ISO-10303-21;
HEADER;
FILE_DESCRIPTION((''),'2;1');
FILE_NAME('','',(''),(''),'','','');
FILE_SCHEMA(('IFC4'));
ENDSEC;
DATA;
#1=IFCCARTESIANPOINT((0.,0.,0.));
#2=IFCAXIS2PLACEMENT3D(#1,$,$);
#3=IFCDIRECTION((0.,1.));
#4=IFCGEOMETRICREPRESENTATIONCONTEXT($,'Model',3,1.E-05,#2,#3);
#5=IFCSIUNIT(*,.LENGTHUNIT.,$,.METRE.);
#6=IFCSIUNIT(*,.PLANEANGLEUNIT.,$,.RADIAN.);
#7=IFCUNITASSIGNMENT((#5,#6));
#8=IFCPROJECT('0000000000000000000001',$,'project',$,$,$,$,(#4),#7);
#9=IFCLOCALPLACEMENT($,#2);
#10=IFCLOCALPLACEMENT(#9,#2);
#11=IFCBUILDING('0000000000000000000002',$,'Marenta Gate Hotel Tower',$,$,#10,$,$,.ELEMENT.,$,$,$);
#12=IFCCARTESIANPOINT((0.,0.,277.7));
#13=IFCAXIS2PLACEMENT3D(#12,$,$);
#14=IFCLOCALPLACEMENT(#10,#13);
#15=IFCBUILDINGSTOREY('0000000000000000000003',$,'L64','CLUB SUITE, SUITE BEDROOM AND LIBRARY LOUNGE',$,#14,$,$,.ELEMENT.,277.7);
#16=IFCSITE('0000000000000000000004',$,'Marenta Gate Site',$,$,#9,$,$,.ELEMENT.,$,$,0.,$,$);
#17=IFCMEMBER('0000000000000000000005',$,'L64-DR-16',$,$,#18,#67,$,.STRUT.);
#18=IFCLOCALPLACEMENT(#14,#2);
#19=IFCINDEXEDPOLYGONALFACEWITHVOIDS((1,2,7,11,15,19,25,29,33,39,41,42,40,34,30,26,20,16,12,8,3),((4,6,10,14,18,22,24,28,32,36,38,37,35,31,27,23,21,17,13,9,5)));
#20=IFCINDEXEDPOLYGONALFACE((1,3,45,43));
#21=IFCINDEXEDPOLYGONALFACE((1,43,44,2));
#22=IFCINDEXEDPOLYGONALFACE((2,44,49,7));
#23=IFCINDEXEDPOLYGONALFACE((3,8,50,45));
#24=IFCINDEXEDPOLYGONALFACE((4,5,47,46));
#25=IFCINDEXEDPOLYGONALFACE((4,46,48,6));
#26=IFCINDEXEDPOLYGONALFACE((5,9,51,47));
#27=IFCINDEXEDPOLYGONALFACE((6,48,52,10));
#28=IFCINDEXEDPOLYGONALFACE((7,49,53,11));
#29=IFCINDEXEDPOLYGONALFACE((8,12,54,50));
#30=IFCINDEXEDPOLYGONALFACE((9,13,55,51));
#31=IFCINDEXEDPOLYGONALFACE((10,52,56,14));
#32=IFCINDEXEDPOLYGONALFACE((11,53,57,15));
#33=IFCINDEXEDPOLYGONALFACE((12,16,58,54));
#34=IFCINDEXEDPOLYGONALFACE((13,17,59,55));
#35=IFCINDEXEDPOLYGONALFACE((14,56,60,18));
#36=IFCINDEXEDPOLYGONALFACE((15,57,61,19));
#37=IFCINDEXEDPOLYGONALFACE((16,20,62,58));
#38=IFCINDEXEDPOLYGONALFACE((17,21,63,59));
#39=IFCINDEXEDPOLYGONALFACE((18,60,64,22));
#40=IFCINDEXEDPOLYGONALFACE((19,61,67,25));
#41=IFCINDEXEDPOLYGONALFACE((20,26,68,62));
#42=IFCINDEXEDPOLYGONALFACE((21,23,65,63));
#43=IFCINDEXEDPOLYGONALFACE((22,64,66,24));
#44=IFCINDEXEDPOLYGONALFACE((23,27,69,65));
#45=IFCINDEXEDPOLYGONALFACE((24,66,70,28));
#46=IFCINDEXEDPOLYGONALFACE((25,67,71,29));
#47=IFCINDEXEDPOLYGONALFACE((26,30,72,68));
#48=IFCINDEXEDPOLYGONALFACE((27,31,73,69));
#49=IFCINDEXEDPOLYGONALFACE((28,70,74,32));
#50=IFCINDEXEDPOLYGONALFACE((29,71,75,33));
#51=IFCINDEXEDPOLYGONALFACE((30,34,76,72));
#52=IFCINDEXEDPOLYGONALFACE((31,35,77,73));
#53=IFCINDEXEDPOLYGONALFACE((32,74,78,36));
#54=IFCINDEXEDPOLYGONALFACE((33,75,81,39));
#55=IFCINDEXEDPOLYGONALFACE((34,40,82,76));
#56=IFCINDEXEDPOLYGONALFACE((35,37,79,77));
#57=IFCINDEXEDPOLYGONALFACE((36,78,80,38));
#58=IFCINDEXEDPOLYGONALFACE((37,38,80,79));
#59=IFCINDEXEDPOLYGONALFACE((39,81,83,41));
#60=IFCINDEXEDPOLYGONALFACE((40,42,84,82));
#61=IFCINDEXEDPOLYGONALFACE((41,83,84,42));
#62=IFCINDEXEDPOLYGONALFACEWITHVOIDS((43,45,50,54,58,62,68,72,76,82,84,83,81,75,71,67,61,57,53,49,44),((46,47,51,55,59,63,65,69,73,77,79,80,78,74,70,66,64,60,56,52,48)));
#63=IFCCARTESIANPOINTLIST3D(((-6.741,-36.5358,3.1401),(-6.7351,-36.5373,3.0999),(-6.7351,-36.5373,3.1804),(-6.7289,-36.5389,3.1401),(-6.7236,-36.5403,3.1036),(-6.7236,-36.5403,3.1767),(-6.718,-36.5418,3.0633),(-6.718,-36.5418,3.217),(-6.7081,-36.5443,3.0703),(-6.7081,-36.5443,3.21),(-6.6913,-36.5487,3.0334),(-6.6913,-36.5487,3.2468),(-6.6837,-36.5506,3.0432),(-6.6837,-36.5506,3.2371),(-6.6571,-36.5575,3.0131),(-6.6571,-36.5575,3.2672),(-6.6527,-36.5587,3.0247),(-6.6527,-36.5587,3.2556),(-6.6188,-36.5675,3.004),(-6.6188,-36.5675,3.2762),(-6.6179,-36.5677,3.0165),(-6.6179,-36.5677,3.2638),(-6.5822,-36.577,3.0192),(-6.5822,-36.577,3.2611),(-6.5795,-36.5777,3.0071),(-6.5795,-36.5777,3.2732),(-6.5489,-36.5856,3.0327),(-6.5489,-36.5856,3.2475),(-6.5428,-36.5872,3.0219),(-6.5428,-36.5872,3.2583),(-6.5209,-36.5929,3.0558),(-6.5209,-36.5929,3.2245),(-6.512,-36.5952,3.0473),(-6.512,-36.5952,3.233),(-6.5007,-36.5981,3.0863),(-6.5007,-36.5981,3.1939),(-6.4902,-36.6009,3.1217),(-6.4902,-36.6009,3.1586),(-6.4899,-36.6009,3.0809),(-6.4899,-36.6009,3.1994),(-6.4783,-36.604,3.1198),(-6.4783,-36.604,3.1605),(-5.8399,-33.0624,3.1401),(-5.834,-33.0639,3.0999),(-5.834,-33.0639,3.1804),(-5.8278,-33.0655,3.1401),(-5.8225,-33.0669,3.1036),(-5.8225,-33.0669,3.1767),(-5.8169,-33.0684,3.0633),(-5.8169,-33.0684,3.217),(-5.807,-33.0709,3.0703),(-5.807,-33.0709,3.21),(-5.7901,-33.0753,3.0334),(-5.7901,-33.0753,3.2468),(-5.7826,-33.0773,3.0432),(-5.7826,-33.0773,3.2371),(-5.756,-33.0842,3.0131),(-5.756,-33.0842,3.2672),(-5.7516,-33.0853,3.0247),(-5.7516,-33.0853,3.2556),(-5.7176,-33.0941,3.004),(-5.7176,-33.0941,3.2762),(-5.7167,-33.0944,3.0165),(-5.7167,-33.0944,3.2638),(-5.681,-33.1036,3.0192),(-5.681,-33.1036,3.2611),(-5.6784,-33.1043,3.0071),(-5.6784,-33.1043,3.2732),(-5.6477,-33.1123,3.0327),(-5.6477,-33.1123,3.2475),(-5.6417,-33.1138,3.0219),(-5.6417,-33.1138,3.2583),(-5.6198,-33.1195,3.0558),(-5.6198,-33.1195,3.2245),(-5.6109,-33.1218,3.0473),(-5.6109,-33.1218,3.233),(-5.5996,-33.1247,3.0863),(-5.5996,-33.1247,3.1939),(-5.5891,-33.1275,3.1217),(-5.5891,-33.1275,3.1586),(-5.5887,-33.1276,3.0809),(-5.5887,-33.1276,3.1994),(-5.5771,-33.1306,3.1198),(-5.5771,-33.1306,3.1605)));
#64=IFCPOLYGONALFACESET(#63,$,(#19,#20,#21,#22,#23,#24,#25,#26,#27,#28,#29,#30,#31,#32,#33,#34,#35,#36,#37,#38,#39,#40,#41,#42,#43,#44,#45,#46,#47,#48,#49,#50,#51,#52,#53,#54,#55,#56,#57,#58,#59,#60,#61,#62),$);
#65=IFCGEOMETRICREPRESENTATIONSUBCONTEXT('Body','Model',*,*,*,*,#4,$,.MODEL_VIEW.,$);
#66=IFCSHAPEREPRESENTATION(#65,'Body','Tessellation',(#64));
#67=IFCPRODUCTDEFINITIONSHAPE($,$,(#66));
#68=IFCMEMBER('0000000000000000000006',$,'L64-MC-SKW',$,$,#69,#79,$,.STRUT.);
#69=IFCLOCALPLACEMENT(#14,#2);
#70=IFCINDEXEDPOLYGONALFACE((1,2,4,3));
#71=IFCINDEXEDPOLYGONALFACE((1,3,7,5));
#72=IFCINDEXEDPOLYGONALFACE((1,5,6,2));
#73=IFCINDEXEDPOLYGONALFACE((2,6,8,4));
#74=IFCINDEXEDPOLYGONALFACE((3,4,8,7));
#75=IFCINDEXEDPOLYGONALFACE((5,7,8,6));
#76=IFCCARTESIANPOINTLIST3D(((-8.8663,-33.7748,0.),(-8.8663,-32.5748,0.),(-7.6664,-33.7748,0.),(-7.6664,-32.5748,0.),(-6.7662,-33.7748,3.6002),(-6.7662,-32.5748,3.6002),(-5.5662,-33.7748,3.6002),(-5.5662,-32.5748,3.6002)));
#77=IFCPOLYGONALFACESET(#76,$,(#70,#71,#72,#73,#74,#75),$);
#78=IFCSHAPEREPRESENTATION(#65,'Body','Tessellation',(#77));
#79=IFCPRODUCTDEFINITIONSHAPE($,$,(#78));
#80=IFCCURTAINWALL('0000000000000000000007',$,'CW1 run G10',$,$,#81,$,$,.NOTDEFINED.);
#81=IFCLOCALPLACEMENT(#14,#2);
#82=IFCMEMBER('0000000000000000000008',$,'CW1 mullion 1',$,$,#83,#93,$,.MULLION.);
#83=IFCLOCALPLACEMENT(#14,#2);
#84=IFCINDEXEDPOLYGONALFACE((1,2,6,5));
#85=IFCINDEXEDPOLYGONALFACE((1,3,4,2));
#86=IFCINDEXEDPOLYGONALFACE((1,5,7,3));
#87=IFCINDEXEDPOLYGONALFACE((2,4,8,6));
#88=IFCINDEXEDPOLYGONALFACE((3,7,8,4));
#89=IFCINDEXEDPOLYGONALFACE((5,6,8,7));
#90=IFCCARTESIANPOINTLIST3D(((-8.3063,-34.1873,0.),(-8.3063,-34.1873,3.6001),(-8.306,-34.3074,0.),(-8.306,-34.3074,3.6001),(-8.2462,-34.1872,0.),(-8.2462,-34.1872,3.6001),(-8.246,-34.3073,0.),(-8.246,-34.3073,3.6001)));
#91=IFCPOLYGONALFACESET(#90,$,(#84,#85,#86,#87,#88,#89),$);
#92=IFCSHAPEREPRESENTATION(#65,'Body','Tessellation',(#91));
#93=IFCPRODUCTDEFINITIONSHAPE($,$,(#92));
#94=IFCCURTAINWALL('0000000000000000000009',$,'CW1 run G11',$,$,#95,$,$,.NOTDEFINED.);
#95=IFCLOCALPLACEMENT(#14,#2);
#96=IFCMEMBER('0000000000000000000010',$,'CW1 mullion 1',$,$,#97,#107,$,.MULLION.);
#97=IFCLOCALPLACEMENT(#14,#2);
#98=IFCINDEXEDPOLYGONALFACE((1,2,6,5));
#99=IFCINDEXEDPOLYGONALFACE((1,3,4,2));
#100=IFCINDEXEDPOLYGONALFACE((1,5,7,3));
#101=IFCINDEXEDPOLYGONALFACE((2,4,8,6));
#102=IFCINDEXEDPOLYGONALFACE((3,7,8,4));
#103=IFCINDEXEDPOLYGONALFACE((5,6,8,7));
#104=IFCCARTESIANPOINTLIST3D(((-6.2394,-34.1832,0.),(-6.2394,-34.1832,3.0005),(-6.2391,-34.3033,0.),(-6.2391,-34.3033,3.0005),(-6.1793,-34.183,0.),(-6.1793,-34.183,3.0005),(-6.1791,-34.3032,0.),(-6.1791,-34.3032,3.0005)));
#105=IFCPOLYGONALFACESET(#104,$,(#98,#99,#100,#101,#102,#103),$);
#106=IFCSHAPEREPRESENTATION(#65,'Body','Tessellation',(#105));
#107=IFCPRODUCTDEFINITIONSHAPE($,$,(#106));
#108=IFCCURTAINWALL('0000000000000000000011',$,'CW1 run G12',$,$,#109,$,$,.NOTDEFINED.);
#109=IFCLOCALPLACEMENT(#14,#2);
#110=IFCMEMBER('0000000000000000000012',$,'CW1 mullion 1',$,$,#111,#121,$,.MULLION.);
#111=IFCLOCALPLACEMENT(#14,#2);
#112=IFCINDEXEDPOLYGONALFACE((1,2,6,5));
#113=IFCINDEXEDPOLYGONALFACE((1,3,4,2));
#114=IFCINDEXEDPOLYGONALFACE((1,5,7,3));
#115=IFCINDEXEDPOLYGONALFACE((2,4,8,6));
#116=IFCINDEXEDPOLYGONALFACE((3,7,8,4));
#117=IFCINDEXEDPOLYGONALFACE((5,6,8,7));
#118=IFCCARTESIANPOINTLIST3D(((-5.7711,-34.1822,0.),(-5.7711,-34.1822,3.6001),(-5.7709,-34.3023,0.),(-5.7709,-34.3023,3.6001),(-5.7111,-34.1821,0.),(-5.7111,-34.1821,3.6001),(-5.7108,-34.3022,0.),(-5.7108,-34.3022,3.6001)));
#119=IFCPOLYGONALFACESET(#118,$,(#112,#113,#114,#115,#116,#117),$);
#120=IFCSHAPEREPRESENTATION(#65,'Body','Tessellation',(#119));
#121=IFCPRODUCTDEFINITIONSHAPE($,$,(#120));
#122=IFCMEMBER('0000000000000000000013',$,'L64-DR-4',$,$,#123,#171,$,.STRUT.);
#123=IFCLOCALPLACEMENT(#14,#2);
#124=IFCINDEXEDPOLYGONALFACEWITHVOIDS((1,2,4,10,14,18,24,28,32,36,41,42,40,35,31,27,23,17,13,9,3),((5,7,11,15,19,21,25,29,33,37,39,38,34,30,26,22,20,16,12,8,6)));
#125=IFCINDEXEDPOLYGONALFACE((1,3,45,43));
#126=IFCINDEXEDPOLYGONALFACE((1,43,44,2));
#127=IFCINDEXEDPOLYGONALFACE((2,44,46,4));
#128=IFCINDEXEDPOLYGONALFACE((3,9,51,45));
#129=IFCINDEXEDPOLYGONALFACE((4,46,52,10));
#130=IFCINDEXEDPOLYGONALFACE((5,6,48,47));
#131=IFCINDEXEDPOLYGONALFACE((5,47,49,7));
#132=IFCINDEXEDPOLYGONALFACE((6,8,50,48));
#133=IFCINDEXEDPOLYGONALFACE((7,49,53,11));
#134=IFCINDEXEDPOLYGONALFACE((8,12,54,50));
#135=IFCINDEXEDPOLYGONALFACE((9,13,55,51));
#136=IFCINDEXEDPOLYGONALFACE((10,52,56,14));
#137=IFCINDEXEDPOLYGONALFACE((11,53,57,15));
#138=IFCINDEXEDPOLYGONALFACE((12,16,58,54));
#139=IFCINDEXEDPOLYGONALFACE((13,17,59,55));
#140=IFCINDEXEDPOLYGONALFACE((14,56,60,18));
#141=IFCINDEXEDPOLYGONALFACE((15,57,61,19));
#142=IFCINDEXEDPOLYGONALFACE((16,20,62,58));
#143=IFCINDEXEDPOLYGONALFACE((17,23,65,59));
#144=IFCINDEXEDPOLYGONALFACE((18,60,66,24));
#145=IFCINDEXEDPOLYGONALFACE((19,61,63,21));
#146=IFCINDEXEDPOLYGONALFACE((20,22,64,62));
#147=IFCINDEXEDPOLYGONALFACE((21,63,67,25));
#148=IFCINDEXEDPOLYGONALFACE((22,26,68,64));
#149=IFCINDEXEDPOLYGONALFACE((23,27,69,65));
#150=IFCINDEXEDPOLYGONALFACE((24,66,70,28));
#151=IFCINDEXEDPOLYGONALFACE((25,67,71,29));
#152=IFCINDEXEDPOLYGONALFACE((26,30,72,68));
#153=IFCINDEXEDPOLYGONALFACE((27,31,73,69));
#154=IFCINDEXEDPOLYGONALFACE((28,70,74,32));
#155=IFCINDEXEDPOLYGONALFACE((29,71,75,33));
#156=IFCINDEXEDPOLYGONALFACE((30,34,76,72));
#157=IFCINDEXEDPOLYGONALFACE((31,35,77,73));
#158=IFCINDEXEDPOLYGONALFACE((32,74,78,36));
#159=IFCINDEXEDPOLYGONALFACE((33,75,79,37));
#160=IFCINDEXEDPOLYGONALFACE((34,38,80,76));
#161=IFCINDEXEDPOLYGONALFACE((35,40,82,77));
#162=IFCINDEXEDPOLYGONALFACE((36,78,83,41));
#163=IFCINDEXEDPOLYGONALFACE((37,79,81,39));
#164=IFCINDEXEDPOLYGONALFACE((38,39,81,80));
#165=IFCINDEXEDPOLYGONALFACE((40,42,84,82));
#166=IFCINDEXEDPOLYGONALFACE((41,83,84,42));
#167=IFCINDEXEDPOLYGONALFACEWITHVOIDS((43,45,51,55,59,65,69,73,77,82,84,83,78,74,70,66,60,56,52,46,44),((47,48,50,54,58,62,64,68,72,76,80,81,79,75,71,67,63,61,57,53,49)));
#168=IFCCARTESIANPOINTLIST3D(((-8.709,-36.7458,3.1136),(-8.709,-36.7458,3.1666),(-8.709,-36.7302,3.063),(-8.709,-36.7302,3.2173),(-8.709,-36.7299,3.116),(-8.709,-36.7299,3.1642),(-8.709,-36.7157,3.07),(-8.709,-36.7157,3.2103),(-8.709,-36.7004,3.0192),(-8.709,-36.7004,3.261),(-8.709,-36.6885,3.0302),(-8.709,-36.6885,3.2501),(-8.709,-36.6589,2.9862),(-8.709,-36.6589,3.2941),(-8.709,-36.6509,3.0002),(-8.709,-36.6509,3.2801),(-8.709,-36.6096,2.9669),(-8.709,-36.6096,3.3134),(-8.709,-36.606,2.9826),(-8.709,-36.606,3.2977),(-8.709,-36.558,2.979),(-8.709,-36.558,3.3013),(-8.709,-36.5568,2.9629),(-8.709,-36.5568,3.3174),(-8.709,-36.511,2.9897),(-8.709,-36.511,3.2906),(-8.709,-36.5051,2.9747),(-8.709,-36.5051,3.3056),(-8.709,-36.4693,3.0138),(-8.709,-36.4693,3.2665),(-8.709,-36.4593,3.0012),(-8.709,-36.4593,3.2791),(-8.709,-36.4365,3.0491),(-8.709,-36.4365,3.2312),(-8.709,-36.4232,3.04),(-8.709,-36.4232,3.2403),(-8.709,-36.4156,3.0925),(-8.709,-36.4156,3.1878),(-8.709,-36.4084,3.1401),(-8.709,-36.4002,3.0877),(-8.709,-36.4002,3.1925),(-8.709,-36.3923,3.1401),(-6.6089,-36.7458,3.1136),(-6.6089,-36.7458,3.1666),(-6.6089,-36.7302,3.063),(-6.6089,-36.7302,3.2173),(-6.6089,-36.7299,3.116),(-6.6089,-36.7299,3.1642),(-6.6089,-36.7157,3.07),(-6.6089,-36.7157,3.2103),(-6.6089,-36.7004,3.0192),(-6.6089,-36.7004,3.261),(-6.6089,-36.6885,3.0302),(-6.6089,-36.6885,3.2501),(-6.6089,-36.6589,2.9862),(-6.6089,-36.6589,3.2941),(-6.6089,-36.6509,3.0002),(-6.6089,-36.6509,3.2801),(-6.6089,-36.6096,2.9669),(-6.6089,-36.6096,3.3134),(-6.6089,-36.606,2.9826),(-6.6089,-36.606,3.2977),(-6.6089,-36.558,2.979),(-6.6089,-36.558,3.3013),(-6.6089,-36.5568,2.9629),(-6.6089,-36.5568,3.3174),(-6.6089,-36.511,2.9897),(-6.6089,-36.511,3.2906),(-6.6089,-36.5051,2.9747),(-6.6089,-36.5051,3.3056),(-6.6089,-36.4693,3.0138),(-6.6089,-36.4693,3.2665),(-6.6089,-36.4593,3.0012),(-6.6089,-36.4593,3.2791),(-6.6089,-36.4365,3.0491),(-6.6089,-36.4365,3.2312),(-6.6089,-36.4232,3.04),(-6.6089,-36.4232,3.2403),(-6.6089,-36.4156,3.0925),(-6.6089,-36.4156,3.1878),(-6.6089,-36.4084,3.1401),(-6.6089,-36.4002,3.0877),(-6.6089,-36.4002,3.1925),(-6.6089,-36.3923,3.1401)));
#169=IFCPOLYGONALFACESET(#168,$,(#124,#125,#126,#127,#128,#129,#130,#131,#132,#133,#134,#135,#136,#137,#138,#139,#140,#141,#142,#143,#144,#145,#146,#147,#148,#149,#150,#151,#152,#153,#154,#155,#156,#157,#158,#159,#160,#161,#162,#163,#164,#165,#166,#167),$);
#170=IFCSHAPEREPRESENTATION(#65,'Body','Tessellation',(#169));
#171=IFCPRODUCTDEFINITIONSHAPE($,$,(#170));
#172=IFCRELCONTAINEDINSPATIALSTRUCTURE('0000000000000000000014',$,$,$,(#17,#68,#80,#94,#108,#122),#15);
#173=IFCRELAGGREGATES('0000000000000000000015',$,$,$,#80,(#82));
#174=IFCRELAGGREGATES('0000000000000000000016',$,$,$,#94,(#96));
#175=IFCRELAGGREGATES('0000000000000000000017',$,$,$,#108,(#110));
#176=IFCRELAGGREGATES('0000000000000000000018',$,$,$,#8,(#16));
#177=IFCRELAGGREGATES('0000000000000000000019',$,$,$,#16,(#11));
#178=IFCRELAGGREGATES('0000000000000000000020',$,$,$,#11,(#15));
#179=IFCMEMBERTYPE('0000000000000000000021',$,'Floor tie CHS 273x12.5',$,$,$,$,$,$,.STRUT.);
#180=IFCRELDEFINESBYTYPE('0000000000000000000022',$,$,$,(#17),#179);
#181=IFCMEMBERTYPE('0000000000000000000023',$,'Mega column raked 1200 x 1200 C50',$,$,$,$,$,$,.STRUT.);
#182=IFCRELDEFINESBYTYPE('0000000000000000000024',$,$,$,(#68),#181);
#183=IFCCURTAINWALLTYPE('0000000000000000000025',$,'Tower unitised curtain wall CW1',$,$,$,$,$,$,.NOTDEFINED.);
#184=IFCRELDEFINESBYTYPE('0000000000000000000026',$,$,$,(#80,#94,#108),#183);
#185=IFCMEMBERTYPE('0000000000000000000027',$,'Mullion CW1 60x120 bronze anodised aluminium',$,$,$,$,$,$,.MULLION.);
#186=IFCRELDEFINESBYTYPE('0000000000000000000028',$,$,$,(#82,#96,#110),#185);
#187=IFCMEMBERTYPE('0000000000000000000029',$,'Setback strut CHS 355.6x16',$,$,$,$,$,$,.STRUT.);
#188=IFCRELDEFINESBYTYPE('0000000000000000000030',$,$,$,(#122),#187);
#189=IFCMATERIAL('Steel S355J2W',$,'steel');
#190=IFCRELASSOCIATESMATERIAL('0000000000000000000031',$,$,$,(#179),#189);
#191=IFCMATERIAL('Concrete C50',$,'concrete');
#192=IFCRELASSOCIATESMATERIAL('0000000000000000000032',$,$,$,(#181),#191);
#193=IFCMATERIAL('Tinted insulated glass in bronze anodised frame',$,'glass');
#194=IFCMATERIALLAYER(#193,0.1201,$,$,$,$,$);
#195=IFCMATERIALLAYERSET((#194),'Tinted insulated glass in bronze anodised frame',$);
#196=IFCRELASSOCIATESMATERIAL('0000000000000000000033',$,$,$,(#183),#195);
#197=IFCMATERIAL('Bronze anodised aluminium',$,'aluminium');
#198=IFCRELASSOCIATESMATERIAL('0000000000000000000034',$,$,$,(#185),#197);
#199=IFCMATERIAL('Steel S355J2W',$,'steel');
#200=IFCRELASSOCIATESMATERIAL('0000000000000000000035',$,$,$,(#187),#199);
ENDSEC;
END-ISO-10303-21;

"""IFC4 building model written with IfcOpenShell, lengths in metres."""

from ifc_helpers import new_model, si_unit, direction, frame, origin, origin_2d, place, context, subcontext, project, spatial, rectangle, hollow_circle, extrude, material, layer, layer_set, material_profile, profile_set, type_object, element, aggregate, save


model = new_model("IFC4")

# Units and contexts
model_context = context("Model", 3, precision=1e-05, world=origin(), true_north=direction((0.0, 1.0)))
body_context = subcontext(model_context, "Body", "Model", "MODEL_VIEW")
ifc_project = project(units=[si_unit("LENGTHUNIT", "METRE"), si_unit("PLANEANGLEUNIT", "RADIAN")], contexts=[model_context])

# Site, building, storey
site_placement = place(None, origin())
site = spatial("IfcSite", under=ifc_project, at=site_placement, Name="Marenta Gate Site", CompositionType="ELEMENT", RefElevation=0.0)
building_placement = place(site_placement, origin())
building = spatial("IfcBuilding", under=site, at=building_placement, Name="Marenta Gate Hotel Tower", CompositionType="ELEMENT")
storey_placement = place(building_placement, frame((0.0, 0.0, 277.7)))
storey = spatial("IfcBuildingStorey", under=building, at=storey_placement, Name="L64", Description="CLUB SUITE, SUITE BEDROOM AND LIBRARY LOUNGE", CompositionType="ELEMENT", Elevation=277.7)

# Members
ifc_material_1 = material(Name="Steel S355J2W", Category="steel")
ifc_material_profile_1 = material_profile(ifc_material_1, hollow_circle(Radius=0.1365, WallThickness=0.0125, at=origin_2d()), Name="CHS 273x12.5")
ifc_profile_set_1 = profile_set([ifc_material_profile_1], Name="Steel S355J2W")
member_type_1 = type_object("IfcMemberType", Name="Floor tie CHS 273x12.5", PredefinedType="STRUT", material=ifc_profile_set_1)
member_1_placement = place(storey_placement, frame((-6.6089, -36.5701, 3.1401), z_axis=(0.251123, 0.967955, 0.0), x_axis=(-0.967955, 0.251123, 0.0)))
element("IfcMember", 1, at=member_1_placement, inside=storey, type_object=member_type_1, Name="L64-DR-16", PredefinedType="STRUT", context=body_context, shape_type="SweptSolid", body=[
    extrude(hollow_circle(Radius=0.1365, WallThickness=0.0125, at=origin_2d()), origin(), (0.0, 0.0, 1.0), 3.5884),
])
ifc_material_2 = material(Name="Concrete C50", Category="concrete")
ifc_material_profile_2 = material_profile(ifc_material_2, rectangle(XDim=1.2, YDim=1.2, at=origin_2d()), Name="1200 x 1200")
ifc_profile_set_2 = profile_set([ifc_material_profile_2], Name="Concrete C50")
member_type_2 = type_object("IfcMemberType", Name="Mega column raked 1200 x 1200 C50", PredefinedType="STRUT", material=ifc_profile_set_2)
member_2_placement = place(storey_placement, frame((-8.2664, -33.1748, 0.0), z_axis=(0.0, 0.0, 1.0), x_axis=(1.0, 0.0, 0.0)))
element("IfcMember", 2, at=member_2_placement, inside=storey, type_object=member_type_2, Name="L64-MC-SKW", PredefinedType="STRUT", context=body_context, shape_type="SweptSolid", body=[
    extrude(rectangle(XDim=1.2, YDim=1.2, at=origin_2d()), origin(), (0.503878, 0.0, 0.863775), 4.168),
])

# Curtain walls, members
ifc_material_3 = material(Name="Tinted insulated glass in bronze anodised frame", Category="glass")
ifc_layer_1 = layer(ifc_material_3, 0.1201)
ifc_layer_set_1 = layer_set([ifc_layer_1], Name="Tinted insulated glass in bronze anodised frame")
curtain_wall_type = type_object("IfcCurtainWallType", Name="Tower unitised curtain wall CW1", PredefinedType="NOTDEFINED", material=ifc_layer_set_1)
curtain_wall_1_placement = place(storey_placement, origin())
curtain_wall_1 = element("IfcCurtainWall", 3, at=curtain_wall_1_placement, inside=storey, type_object=curtain_wall_type, Name="CW1 run G10", PredefinedType="NOTDEFINED")
ifc_material_4 = material(Name="Bronze anodised aluminium", Category="aluminium")
ifc_material_profile_3 = material_profile(ifc_material_4, rectangle(XDim=0.1201, YDim=0.0601, at=origin_2d()), Name="Mullion CW1 60x120 bronze anodised aluminium")
ifc_profile_set_3 = profile_set([ifc_material_profile_3], Name="Bronze anodised aluminium")
member_type_3 = type_object("IfcMemberType", Name="Mullion CW1 60x120 bronze anodised aluminium", PredefinedType="MULLION", material=ifc_profile_set_3)
member_3_placement = place(storey_placement, frame((-8.2761, -34.2473, 0.0), z_axis=(0.0, 0.0, 1.0), x_axis=(-0.00208, 0.999998, 0.0)))
member_3 = element("IfcMember", 4, at=member_3_placement, type_object=member_type_3, Name="CW1 mullion 1", PredefinedType="MULLION", context=body_context, shape_type="SweptSolid", body=[
    extrude(rectangle(XDim=0.1201, YDim=0.0601, at=origin_2d()), origin(), (0.0, 0.0, 1.0), 3.6001),
])
curtain_wall_2_placement = place(storey_placement, origin())
curtain_wall_2 = element("IfcCurtainWall", 5, at=curtain_wall_2_placement, inside=storey, type_object=curtain_wall_type, Name="CW1 run G11", PredefinedType="NOTDEFINED")
member_4_placement = place(storey_placement, frame((-6.2092, -34.2432, 0.0), z_axis=(0.0, 0.0, 1.0), x_axis=(-0.001922, 0.999998, 0.0)))
member_4 = element("IfcMember", 6, at=member_4_placement, type_object=member_type_3, Name="CW1 mullion 1", PredefinedType="MULLION", context=body_context, shape_type="SweptSolid", body=[
    extrude(rectangle(XDim=0.1201, YDim=0.0601, at=origin_2d()), origin(), (0.0, 0.0, 1.0), 3.0005),
])
curtain_wall_3_placement = place(storey_placement, origin())
curtain_wall_3 = element("IfcCurtainWall", 7, at=curtain_wall_3_placement, inside=storey, type_object=curtain_wall_type, Name="CW1 run G12", PredefinedType="NOTDEFINED")
member_5_placement = place(storey_placement, frame((-5.741, -34.2422, 0.0), z_axis=(0.0, 0.0, 1.0), x_axis=(-0.002063, 0.999998, 0.0)))
member_5 = element("IfcMember", 8, at=member_5_placement, type_object=member_type_3, Name="CW1 mullion 1", PredefinedType="MULLION", context=body_context, shape_type="SweptSolid", body=[
    extrude(rectangle(XDim=0.1201, YDim=0.0601, at=origin_2d()), origin(), (0.0, 0.0, 1.0), 3.6001),
])

# Member
ifc_material_5 = material(Name="Steel S355J2W", Category="steel")
ifc_material_profile_4 = material_profile(ifc_material_5, hollow_circle(Radius=0.1777, WallThickness=0.0161, at=origin_2d()), Name="CHS 355.6x16")
ifc_profile_set_4 = profile_set([ifc_material_profile_4], Name="Steel S355J2W")
member_type_4 = type_object("IfcMemberType", Name="Setback strut CHS 355.6x16", PredefinedType="STRUT", material=ifc_profile_set_4)
member_6_placement = place(storey_placement, frame((-8.709, -36.5701, 3.1401), z_axis=(1.0, 0.0, 0.0), x_axis=(0.0, 1.0, 0.0)))
element("IfcMember", 9, at=member_6_placement, inside=storey, type_object=member_type_4, Name="L64-DR-4", PredefinedType="STRUT", context=body_context, shape_type="SweptSolid", body=[
    extrude(hollow_circle(Radius=0.1777, WallThickness=0.0161, at=origin_2d()), origin(), (0.0, 0.0, 1.0), 2.1001),
])

aggregate(curtain_wall_1, [member_3])
aggregate(curtain_wall_2, [member_4])
aggregate(curtain_wall_3, [member_5])

save(model, "model.ifc")
